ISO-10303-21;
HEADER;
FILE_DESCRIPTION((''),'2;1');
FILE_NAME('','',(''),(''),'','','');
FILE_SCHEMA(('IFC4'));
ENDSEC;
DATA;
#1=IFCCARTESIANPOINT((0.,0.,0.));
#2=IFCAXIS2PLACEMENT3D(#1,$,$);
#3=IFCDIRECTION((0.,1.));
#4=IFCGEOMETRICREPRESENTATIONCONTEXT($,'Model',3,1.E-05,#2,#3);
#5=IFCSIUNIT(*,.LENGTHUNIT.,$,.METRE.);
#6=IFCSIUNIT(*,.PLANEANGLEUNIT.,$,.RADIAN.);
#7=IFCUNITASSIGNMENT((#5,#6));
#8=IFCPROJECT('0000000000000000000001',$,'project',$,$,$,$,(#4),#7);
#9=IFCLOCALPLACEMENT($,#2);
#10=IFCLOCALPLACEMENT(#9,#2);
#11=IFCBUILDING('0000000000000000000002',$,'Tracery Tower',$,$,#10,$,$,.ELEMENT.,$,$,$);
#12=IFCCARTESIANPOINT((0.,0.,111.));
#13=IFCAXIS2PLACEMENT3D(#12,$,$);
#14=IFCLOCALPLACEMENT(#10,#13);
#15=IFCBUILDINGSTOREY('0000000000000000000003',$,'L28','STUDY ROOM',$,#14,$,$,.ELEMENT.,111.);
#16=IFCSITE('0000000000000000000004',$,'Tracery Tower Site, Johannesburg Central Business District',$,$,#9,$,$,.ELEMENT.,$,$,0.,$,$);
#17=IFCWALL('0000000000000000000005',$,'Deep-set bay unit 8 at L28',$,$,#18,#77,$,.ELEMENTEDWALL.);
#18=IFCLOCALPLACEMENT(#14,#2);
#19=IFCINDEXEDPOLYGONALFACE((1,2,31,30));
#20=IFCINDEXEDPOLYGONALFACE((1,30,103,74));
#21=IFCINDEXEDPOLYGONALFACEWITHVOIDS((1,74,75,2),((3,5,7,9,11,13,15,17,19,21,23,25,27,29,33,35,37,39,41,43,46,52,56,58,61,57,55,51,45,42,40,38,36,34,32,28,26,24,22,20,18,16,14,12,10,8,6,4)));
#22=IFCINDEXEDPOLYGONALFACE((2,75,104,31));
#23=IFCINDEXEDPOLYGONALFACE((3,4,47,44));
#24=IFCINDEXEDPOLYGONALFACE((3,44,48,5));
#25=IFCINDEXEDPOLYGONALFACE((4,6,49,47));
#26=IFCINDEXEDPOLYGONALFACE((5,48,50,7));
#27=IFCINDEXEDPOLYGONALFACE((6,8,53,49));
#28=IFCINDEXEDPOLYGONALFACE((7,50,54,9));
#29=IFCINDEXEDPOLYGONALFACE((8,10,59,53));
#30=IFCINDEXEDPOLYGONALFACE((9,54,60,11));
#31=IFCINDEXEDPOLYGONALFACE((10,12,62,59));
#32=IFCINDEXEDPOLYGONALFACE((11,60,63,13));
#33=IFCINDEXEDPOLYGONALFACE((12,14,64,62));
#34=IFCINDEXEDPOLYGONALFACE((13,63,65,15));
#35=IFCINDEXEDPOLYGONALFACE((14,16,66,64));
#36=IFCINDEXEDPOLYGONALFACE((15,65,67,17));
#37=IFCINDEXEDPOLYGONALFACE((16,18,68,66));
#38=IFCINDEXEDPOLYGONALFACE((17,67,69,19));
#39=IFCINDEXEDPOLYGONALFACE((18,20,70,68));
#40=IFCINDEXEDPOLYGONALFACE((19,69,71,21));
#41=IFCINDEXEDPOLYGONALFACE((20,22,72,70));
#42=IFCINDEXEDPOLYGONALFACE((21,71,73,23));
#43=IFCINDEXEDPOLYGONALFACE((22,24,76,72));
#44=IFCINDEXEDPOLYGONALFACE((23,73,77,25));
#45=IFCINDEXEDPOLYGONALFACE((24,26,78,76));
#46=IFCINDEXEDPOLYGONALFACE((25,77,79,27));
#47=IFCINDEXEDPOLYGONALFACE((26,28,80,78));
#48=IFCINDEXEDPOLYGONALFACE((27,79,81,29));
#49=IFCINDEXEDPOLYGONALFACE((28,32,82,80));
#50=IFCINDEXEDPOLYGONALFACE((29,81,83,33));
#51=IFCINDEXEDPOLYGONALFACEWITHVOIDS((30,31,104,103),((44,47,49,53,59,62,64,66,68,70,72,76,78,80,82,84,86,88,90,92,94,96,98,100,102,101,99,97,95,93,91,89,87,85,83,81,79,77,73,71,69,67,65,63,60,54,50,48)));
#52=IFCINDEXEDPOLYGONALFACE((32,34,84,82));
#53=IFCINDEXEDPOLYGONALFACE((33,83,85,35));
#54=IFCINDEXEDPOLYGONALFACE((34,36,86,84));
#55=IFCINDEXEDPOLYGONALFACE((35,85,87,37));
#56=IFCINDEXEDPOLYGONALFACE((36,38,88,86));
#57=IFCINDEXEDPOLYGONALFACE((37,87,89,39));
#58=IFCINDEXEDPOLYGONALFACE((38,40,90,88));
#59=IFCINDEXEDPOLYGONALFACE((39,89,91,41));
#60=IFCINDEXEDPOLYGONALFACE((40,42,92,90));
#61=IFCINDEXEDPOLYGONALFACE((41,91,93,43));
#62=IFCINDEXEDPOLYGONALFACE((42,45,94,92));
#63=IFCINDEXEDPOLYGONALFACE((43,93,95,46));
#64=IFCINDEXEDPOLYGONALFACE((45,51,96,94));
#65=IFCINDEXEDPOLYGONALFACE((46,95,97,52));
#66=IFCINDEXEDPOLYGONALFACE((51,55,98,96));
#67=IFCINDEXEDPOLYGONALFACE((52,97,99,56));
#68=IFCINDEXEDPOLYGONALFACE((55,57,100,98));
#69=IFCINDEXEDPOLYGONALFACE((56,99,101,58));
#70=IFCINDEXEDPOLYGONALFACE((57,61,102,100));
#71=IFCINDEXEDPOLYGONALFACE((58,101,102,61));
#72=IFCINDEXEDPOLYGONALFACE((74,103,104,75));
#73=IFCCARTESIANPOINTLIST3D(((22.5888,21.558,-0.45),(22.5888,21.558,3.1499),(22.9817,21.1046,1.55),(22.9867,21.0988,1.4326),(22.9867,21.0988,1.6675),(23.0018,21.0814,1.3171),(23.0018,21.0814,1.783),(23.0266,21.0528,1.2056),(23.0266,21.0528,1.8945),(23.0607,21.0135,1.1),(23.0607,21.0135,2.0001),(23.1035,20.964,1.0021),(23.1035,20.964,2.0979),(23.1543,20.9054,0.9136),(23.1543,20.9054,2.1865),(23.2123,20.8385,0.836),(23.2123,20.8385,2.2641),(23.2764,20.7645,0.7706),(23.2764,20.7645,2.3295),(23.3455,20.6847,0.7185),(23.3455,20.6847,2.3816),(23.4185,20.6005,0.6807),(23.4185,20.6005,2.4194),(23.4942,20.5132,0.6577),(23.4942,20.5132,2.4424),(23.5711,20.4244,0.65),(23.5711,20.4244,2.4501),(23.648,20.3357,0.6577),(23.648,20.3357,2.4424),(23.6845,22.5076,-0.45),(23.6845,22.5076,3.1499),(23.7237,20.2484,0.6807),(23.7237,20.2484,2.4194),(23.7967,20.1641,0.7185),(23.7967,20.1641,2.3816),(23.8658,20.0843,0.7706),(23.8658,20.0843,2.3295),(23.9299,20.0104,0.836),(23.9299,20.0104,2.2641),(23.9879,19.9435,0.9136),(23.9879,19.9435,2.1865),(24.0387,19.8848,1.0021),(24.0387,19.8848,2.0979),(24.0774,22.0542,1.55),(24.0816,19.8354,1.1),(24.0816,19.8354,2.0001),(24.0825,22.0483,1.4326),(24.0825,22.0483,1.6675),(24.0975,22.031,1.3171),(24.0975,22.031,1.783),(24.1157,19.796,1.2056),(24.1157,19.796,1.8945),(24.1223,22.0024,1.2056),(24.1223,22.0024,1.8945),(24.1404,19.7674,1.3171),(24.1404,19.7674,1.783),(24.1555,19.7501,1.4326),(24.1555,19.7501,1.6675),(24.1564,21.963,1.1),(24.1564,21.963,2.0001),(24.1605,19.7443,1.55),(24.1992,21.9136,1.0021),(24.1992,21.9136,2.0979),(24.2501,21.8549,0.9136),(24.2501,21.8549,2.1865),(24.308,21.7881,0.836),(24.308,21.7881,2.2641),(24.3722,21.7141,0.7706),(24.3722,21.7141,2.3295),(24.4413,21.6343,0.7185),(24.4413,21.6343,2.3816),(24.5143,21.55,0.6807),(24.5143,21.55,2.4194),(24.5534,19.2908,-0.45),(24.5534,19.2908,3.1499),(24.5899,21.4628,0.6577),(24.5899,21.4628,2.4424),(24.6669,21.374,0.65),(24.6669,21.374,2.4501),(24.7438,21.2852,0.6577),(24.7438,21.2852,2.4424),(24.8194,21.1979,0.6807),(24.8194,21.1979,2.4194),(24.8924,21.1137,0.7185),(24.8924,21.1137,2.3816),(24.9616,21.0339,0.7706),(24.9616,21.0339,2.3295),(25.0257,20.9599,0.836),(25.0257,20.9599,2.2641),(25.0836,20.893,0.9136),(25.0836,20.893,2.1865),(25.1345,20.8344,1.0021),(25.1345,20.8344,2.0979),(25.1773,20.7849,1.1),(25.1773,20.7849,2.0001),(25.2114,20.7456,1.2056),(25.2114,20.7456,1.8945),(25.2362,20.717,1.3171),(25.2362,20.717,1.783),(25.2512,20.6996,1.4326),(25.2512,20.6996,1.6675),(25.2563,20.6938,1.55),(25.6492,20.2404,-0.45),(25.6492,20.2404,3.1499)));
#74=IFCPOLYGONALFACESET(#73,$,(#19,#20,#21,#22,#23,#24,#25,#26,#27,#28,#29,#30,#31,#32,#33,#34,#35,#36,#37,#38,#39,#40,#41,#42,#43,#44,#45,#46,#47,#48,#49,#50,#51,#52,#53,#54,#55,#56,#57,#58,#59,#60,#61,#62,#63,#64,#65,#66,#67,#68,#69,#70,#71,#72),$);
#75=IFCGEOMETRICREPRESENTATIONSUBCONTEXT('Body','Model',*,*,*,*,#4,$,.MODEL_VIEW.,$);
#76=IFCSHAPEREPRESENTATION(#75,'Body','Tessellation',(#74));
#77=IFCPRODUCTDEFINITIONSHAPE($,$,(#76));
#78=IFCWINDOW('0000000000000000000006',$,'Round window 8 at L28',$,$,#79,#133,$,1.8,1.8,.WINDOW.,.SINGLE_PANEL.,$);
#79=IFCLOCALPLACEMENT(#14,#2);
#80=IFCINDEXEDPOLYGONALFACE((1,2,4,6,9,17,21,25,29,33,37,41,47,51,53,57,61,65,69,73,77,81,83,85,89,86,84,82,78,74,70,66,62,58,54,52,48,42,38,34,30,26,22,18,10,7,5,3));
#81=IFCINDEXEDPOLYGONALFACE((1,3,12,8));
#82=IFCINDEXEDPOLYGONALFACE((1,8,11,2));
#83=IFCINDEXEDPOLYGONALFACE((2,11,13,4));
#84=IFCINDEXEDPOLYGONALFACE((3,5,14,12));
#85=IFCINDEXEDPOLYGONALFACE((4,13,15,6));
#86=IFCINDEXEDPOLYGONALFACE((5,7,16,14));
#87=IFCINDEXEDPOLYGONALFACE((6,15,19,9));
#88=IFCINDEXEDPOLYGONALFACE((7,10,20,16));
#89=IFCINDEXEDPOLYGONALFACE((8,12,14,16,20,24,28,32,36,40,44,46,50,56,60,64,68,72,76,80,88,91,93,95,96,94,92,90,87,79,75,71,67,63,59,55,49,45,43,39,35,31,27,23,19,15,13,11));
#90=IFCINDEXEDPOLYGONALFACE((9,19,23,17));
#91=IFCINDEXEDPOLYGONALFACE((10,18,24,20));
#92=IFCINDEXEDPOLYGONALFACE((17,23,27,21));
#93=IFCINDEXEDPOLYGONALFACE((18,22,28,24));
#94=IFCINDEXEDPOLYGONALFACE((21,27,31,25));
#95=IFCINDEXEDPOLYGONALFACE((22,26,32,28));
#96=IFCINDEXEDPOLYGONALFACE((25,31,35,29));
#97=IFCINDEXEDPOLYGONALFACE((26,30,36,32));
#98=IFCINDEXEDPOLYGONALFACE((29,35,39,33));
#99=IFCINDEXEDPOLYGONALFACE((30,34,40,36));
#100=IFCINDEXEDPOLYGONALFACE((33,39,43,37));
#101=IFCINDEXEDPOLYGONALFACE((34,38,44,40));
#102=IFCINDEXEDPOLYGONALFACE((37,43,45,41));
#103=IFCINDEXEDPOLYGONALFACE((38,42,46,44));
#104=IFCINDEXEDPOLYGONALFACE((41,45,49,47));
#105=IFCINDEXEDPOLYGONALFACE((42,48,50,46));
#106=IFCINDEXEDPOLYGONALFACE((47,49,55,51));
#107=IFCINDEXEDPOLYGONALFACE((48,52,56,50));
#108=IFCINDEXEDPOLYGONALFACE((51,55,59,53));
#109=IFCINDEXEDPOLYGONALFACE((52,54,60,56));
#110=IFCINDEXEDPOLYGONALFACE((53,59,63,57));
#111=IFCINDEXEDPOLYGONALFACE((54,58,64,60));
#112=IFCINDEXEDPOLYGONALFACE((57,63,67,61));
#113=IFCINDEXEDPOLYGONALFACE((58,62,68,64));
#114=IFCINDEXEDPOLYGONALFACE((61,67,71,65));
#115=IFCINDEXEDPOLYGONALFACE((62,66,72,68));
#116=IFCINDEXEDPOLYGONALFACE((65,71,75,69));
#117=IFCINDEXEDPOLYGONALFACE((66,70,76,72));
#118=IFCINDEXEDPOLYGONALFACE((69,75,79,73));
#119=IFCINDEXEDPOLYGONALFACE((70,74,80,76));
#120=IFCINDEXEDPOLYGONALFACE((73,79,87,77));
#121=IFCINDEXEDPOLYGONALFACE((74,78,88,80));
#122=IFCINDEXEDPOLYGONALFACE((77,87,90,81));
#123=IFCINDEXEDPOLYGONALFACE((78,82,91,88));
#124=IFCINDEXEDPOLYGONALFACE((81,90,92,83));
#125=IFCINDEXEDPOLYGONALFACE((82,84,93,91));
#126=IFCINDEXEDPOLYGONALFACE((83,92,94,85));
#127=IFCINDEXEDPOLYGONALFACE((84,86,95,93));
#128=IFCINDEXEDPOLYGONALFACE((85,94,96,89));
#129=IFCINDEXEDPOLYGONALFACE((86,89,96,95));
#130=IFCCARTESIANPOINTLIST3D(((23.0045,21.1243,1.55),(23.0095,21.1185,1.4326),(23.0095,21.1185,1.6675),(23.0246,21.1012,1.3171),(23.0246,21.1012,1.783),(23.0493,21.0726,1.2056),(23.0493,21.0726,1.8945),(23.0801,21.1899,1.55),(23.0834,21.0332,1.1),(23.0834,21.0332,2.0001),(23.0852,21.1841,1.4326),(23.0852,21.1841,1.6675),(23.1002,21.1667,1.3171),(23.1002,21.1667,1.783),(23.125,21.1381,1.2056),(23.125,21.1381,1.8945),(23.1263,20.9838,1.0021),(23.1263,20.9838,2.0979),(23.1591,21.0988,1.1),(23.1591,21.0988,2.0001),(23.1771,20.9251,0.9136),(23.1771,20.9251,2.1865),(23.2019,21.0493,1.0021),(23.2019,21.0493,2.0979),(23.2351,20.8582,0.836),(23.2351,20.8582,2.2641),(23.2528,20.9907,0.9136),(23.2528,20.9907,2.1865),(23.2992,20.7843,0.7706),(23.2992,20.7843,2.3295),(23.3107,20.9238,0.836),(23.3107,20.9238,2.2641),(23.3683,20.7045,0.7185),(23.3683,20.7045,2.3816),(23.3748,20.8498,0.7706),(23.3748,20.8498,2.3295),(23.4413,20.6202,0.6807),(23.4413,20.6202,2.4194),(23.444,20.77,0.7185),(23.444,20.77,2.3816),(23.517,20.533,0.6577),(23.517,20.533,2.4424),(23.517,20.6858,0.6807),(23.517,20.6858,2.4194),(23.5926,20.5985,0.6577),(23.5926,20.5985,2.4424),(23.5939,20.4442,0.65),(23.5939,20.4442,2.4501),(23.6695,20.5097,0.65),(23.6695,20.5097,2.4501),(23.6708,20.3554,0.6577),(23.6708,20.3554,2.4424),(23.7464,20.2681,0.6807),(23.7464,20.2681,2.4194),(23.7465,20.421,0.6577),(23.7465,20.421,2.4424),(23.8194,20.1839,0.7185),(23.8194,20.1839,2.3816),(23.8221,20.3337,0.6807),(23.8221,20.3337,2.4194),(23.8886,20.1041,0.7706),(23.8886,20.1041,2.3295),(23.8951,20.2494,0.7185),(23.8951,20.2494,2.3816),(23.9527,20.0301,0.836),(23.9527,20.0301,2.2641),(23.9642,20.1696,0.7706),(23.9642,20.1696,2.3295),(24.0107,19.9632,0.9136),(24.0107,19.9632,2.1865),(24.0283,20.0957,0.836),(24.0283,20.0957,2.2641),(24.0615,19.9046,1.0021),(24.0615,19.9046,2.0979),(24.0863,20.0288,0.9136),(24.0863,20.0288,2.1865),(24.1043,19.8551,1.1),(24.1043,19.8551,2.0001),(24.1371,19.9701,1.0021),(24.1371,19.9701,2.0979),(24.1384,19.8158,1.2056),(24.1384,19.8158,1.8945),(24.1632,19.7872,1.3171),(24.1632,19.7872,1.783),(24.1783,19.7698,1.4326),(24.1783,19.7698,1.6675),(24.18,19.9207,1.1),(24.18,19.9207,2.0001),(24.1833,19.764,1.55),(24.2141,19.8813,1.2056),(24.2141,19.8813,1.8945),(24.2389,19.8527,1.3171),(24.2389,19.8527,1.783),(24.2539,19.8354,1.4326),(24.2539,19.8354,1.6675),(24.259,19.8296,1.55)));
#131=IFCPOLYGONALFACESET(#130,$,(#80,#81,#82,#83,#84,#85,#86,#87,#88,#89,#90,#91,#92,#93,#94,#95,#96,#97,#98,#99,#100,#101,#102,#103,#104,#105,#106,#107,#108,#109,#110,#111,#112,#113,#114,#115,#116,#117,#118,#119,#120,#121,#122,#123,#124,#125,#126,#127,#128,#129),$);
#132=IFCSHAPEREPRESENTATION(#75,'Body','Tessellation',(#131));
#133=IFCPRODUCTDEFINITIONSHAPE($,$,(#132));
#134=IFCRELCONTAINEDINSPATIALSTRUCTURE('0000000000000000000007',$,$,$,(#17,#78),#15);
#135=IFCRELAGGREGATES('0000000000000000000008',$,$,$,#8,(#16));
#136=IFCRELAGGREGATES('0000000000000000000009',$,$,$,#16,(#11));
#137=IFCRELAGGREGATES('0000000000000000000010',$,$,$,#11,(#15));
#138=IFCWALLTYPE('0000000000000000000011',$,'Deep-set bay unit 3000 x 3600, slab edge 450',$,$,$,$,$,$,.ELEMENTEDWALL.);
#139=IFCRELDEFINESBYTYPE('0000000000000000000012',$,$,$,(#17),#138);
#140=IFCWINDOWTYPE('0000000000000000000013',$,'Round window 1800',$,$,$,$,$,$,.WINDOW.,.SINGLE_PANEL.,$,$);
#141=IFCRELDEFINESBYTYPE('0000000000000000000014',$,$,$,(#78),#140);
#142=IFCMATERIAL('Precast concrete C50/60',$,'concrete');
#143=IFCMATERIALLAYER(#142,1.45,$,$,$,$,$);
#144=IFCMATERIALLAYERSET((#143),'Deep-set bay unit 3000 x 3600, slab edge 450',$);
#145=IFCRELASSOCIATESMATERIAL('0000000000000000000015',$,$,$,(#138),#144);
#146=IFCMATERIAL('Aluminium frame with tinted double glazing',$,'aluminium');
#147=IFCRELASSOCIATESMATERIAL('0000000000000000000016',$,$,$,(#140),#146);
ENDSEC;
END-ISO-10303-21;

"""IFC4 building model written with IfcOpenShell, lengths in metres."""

from ifc_helpers import new_model, si_unit, direction, frame, frame_2d, origin, origin_2d, place, context, subcontext, project, spatial, rectangle, circle, extrude, material, layer, layer_set, type_object, element, fill, save


model = new_model("IFC4")

# Units and contexts
model_context = context("Model", 3, precision=1e-05, world=origin(), true_north=direction((0.0, 1.0)))
body_context = subcontext(model_context, "Body", "Model", "MODEL_VIEW")
ifc_project = project(units=[si_unit("LENGTHUNIT", "METRE"), si_unit("PLANEANGLEUNIT", "RADIAN")], contexts=[model_context])

# Site, building, storey
site_placement = place(None, origin())
site = spatial("IfcSite", under=ifc_project, at=site_placement, Name="Tracery Tower Site, Johannesburg Central Business District", CompositionType="ELEMENT", RefElevation=0.0)
building_placement = place(site_placement, origin())
building = spatial("IfcBuilding", under=site, at=building_placement, Name="Tracery Tower", CompositionType="ELEMENT")
storey_placement = place(building_placement, frame((0.0, 0.0, 111.0)))
storey = spatial("IfcBuildingStorey", under=building, at=storey_placement, Name="L28", Description="STUDY ROOM", CompositionType="ELEMENT", Elevation=111.0)

# Wall, opening, window
ifc_material_1 = material(Name="Precast concrete C50/60", Category="concrete")
ifc_layer_1 = layer(ifc_material_1, 1.45)
ifc_layer_set_1 = layer_set([ifc_layer_1], Name="Deep-set bay unit 3000 x 3600, slab edge 450")
wall_type_1 = type_object("IfcWallType", Name="Deep-set bay unit 3000 x 3600, slab edge 450", PredefinedType="ELEMENTEDWALL", material=ifc_layer_set_1)
wall_1_placement = place(storey_placement, frame((25.1013, 19.7656, -0.45), z_axis=(0.0, 0.0, 1.0), x_axis=(-0.65489, 0.755724, 0.0)))
wall_1 = element("IfcWall", 1, at=wall_1_placement, inside=storey, type_object=wall_type_1, Name="Deep-set bay unit 8 at L28", PredefinedType="ELEMENTEDWALL", context=body_context, shape_type="SweptSolid", body=[
    extrude(rectangle(XDim=3.0, YDim=1.45, at=frame_2d((1.5, 0.0))), origin(), (0.0, 0.0, 1.0), 3.5999),
])
opening_1_placement = place(wall_1_placement, frame((1.5, 0.0, 2.0)))
opening_1 = element("IfcOpeningElement", 2, at=opening_1_placement, cuts=wall_1, PredefinedType="OPENING", context=body_context, shape_type="SweptSolid", body=[
    extrude(circle(Radius=0.9, at=origin_2d()), frame((0.0, 0.7349, 0.0), z_axis=(0.0, -1.0, 0.0), x_axis=(1.0, 0.0, 0.0)), (0.0, 0.0, 1.0), 1.47),
])
ifc_material_2 = material(Name="Aluminium frame with tinted double glazing", Category="aluminium")
window_type = type_object("IfcWindowType", Name="Round window 1800", PartitioningType="SINGLE_PANEL", PredefinedType="WINDOW", material=ifc_material_2)
window_1_placement = place(opening_1_placement, origin())
window_1 = element("IfcWindow", 3, at=window_1_placement, inside=storey, type_object=window_type, Name="Round window 8 at L28", OverallHeight=1.8, OverallWidth=1.8, PartitioningType="SINGLE_PANEL", PredefinedType="WINDOW", context=body_context, shape_type="SweptSolid", body=[
    extrude(circle(Radius=0.9, at=origin_2d()), frame((0.0, 0.6948, 0.0), z_axis=(0.0, -1.0, 0.0), x_axis=(1.0, 0.0, 0.0)), (0.0, 0.0, 1.0), 0.1001),
])
fill(opening_1, window_1)

save(model, "model.ifc")
